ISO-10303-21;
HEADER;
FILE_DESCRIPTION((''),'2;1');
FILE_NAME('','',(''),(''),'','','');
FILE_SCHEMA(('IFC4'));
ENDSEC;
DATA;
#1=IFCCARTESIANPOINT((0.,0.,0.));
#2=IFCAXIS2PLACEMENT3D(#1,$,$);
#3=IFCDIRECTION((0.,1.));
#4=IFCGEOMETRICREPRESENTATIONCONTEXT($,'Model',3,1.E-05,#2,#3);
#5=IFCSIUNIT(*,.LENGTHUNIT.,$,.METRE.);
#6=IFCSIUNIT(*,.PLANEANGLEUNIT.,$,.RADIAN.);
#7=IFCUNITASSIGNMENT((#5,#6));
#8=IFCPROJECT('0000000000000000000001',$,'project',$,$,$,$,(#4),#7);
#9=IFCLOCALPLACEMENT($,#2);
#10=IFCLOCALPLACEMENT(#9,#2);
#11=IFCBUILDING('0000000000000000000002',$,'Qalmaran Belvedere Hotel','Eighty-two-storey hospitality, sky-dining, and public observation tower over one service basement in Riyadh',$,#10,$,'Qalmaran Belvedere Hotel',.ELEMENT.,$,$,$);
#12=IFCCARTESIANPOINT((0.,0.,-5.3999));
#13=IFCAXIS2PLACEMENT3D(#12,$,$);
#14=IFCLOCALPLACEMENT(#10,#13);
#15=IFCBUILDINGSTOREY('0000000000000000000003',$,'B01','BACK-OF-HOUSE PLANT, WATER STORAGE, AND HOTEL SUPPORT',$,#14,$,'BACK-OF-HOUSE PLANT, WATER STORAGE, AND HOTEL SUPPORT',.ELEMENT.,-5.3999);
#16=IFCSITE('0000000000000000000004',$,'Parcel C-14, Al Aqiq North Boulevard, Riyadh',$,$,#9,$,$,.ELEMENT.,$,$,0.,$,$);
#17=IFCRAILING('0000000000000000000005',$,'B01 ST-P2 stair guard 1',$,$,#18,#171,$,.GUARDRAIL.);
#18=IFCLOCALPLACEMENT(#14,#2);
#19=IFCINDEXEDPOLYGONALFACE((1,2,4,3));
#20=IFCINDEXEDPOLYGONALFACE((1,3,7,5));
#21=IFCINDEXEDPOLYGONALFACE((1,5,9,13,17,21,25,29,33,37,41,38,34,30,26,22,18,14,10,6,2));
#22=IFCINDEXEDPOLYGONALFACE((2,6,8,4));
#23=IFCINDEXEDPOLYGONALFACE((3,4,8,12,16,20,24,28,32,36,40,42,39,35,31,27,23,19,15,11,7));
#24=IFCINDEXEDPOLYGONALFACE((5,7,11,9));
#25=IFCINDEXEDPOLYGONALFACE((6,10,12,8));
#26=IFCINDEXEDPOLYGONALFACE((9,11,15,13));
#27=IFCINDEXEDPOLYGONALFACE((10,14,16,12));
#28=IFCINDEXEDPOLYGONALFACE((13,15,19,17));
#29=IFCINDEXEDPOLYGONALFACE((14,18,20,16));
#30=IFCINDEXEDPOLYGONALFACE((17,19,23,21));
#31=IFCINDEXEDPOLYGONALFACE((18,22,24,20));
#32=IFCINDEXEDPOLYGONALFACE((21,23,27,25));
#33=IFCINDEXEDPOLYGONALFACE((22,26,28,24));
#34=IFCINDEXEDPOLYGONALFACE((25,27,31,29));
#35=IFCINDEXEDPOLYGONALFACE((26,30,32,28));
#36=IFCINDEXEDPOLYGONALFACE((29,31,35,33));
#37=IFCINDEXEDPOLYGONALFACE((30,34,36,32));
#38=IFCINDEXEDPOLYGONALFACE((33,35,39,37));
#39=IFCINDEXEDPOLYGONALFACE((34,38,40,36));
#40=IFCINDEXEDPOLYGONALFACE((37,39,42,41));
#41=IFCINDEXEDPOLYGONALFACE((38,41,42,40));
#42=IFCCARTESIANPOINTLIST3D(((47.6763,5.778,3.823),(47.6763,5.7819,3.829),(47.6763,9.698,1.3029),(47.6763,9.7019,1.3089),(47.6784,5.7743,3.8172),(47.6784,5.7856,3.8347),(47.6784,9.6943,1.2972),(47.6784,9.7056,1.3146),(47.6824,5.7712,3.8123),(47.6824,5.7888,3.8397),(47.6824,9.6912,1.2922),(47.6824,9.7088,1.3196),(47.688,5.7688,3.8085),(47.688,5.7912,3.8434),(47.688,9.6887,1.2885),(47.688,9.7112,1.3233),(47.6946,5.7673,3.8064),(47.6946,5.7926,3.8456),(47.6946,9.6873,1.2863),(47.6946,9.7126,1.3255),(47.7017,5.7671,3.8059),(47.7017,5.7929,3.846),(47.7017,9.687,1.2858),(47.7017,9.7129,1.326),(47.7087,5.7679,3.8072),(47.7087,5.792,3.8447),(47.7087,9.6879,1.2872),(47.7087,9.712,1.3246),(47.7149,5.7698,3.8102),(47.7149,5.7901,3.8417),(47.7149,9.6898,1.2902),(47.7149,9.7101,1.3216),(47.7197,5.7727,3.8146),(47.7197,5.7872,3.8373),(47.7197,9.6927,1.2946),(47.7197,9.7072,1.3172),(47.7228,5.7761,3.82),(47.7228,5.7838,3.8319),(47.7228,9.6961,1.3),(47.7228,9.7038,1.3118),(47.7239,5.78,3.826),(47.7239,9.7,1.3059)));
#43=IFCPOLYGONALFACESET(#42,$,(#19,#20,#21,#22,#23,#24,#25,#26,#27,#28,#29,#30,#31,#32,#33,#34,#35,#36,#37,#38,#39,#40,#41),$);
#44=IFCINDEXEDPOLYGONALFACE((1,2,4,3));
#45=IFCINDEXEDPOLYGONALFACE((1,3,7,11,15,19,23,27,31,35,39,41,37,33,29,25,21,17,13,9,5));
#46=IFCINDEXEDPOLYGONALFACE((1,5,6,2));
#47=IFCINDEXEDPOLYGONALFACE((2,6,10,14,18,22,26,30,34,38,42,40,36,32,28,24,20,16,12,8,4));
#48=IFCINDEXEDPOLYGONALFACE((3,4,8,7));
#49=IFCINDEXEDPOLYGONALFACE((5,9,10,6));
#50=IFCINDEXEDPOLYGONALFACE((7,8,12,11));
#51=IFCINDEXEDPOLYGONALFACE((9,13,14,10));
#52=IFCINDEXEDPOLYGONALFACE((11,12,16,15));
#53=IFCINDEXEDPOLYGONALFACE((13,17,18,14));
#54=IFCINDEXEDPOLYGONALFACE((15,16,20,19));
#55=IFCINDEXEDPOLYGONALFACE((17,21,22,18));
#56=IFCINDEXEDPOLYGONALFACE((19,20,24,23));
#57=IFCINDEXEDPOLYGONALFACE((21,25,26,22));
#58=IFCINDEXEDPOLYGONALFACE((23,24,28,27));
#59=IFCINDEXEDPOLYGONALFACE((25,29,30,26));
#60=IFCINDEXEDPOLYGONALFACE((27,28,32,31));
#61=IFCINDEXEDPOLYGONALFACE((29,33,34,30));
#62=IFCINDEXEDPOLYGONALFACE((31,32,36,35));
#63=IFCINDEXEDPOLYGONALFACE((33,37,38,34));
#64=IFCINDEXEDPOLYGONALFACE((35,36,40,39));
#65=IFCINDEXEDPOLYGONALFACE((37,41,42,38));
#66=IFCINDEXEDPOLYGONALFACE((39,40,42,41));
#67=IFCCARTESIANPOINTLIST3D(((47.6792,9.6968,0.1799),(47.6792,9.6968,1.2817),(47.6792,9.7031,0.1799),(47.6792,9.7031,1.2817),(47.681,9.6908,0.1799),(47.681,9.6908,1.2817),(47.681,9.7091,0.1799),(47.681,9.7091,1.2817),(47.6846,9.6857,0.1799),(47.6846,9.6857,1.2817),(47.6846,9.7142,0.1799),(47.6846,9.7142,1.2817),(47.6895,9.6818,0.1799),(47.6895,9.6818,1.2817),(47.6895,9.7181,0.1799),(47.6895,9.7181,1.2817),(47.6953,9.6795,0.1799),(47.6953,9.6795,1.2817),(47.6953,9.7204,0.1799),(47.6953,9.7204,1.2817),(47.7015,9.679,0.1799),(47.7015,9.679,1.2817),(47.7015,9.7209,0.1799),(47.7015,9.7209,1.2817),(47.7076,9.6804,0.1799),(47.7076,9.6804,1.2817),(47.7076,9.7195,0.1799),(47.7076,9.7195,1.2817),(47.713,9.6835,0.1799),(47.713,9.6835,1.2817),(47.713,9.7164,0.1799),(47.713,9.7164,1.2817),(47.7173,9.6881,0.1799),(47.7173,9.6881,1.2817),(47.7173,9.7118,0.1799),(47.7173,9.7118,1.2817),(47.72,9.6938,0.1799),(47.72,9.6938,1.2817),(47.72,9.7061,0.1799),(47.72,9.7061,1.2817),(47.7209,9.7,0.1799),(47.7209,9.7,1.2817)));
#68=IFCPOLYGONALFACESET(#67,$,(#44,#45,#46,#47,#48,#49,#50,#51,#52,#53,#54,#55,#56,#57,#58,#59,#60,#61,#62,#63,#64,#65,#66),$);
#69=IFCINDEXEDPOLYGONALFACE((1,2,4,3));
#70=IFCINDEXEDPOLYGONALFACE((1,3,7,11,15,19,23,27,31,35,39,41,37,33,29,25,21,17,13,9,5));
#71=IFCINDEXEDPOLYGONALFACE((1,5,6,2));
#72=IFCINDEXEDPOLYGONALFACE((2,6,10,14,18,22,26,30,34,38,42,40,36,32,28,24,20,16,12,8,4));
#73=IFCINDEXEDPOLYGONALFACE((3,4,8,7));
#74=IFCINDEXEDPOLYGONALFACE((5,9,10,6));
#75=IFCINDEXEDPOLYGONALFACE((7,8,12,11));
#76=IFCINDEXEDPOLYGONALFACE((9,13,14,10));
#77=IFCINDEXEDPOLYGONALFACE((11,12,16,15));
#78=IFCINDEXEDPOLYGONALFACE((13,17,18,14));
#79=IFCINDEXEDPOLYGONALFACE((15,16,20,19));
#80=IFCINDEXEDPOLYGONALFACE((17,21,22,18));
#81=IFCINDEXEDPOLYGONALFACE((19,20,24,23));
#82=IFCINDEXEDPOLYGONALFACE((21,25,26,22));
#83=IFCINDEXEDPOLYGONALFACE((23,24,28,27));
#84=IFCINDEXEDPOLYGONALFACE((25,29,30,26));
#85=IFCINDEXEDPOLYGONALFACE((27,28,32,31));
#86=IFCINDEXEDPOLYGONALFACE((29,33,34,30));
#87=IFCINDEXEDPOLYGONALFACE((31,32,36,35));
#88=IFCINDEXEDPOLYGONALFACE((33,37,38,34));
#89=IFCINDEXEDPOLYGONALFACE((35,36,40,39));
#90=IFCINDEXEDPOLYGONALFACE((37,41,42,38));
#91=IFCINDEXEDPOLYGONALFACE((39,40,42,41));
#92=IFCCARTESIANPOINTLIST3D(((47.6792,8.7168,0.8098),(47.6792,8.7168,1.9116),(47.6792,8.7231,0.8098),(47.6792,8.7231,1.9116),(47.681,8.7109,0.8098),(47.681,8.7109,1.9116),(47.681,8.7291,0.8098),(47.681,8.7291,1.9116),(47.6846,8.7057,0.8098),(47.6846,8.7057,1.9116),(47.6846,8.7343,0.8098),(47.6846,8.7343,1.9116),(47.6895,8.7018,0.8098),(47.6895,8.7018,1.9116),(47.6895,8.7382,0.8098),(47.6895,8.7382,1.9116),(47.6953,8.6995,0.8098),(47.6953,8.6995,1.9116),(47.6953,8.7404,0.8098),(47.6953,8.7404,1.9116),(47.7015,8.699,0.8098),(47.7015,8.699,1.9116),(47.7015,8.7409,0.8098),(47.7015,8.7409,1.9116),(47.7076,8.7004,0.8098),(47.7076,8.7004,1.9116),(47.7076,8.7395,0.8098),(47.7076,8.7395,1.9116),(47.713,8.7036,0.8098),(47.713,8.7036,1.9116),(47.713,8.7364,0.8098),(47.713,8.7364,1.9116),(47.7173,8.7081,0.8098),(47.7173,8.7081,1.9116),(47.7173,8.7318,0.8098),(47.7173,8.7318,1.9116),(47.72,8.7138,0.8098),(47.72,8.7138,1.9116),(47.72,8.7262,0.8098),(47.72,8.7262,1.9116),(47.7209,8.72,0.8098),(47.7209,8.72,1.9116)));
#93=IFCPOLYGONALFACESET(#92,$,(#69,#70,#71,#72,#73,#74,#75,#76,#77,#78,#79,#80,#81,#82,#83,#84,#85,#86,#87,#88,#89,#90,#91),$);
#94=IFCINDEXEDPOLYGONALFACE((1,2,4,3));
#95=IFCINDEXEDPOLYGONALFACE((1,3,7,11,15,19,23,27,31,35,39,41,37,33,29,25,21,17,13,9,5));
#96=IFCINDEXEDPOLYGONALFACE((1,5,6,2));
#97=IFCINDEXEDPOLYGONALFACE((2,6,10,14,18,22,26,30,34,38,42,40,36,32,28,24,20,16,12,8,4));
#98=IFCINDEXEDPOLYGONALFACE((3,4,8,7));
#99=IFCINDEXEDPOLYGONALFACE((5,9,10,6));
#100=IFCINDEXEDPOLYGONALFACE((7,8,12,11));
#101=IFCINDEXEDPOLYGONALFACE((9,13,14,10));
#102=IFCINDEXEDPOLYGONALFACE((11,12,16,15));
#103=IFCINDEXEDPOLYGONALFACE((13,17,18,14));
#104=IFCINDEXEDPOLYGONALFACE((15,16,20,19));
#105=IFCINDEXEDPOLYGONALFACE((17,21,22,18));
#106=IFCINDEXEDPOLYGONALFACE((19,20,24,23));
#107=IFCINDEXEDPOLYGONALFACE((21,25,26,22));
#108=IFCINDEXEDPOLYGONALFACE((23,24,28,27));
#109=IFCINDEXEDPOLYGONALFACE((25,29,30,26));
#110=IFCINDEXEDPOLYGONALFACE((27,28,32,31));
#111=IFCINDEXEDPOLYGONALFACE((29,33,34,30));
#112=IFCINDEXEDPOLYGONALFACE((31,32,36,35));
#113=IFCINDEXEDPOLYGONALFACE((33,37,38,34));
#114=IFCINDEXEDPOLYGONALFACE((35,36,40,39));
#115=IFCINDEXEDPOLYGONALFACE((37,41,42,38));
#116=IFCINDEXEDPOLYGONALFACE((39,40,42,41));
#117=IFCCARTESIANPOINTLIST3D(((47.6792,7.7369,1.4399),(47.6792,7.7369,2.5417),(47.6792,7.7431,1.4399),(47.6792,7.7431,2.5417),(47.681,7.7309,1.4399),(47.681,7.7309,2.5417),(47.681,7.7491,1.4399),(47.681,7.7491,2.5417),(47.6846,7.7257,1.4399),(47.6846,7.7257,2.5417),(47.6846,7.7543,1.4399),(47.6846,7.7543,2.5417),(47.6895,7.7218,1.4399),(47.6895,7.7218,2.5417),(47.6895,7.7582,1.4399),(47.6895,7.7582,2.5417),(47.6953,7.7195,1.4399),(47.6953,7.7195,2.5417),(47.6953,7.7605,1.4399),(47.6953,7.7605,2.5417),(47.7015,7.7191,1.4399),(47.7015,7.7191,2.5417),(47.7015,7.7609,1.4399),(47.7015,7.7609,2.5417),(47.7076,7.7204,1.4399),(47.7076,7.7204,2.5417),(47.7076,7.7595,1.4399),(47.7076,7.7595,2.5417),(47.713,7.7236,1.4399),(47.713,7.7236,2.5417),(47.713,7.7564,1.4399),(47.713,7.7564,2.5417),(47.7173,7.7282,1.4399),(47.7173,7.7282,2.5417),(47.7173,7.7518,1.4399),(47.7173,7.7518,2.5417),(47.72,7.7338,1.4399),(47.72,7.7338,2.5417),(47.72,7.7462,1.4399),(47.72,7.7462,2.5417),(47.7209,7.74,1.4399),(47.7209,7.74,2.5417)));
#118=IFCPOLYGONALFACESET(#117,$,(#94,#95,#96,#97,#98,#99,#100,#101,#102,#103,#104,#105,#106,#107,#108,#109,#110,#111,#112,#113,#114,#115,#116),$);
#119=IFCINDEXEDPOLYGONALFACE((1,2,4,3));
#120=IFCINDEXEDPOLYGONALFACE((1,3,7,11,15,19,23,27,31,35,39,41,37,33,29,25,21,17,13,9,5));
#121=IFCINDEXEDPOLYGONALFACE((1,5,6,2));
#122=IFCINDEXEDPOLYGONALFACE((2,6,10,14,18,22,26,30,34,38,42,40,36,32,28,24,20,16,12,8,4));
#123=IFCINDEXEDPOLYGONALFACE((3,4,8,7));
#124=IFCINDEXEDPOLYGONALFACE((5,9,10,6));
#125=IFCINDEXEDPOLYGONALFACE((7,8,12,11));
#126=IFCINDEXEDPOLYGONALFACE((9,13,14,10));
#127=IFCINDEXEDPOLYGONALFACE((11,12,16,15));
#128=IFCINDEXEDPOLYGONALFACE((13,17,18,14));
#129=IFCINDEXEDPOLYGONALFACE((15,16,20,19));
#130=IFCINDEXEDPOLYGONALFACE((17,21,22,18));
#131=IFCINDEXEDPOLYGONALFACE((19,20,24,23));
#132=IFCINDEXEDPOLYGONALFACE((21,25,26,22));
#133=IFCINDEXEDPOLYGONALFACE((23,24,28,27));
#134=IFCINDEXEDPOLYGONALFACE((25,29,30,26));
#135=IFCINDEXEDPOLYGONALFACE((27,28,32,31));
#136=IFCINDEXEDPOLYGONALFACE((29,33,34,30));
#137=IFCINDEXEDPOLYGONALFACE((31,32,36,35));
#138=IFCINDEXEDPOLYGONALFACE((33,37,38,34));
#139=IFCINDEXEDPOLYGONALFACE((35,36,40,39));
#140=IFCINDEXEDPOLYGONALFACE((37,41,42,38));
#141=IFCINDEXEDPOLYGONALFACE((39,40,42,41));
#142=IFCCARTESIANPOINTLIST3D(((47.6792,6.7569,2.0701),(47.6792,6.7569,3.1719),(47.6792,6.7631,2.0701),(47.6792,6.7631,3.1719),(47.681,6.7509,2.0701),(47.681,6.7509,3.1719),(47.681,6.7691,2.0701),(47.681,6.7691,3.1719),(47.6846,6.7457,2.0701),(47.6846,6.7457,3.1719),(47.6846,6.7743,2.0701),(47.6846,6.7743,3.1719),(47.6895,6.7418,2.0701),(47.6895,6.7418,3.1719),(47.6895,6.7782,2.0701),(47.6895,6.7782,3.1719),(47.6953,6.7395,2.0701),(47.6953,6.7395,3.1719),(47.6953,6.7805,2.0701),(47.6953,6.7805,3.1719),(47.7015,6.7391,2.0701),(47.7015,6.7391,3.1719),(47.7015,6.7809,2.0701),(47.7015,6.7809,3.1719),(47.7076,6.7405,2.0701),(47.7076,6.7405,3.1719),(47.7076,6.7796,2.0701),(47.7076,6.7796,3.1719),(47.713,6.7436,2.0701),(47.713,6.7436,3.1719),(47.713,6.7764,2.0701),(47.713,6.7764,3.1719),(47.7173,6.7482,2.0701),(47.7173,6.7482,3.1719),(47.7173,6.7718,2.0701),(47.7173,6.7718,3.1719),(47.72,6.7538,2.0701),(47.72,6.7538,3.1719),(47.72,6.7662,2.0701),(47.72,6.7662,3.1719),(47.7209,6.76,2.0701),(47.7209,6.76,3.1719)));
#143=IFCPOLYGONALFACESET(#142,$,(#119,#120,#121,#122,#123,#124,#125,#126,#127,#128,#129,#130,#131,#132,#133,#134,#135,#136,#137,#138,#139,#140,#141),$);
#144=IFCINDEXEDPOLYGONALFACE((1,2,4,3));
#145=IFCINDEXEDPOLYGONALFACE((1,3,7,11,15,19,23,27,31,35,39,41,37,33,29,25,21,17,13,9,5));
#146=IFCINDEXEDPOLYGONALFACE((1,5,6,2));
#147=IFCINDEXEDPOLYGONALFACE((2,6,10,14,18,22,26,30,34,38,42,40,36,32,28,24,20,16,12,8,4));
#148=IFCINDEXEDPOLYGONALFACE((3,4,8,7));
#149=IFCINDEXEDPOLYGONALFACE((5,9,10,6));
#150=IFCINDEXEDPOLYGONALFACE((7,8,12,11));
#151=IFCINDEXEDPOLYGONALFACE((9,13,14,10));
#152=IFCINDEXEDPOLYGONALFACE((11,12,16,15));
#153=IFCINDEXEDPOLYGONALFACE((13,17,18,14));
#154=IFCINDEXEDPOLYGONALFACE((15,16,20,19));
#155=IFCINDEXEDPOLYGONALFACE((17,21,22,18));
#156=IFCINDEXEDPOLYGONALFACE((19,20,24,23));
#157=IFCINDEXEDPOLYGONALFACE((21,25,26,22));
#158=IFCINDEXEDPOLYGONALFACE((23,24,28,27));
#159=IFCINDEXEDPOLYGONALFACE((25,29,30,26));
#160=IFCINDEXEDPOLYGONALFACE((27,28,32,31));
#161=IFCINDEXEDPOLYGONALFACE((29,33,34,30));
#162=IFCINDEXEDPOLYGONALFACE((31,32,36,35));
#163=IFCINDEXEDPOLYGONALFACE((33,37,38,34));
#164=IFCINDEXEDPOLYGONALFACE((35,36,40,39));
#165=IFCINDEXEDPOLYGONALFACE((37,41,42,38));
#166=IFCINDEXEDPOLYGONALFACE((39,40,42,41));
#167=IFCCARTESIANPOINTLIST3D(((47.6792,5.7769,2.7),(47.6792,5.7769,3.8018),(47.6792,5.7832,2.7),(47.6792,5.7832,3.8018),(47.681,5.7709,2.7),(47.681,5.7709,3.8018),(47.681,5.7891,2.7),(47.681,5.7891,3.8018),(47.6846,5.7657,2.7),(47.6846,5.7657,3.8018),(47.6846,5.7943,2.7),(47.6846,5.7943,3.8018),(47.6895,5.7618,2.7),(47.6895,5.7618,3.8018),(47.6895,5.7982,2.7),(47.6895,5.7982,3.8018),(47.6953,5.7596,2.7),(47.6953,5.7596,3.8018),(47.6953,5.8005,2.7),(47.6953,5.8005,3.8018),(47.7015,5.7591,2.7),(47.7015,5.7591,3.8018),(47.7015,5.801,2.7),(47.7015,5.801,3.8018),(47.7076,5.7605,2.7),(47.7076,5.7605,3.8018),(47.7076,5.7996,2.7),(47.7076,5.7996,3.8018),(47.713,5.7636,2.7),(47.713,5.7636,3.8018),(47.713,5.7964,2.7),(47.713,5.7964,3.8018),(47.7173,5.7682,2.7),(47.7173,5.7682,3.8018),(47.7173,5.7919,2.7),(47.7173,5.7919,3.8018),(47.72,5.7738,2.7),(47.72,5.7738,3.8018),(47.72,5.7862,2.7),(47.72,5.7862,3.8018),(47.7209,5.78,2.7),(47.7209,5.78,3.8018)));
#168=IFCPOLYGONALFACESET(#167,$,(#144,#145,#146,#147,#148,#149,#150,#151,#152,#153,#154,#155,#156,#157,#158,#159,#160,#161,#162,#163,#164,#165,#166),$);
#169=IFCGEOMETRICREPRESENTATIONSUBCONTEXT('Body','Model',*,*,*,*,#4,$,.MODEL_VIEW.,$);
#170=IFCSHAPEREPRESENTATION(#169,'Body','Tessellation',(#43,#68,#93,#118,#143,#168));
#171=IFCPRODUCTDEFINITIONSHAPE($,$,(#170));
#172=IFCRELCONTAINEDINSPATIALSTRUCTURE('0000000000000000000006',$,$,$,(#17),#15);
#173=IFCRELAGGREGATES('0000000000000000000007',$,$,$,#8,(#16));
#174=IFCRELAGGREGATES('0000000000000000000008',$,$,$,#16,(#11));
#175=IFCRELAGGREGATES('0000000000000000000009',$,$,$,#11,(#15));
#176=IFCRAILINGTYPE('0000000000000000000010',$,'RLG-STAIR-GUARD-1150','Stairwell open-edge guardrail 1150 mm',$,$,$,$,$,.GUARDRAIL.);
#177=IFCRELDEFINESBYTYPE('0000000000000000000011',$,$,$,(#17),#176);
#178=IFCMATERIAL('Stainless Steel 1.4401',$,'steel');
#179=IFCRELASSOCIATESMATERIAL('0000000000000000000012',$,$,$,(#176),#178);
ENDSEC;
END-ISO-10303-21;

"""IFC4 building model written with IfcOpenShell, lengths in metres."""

from ifc_helpers import new_model, si_unit, direction, frame, origin, origin_2d, place, context, subcontext, project, spatial, circle, extrude, material, type_object, element, save


model = new_model("IFC4")

# Units and contexts
model_context = context("Model", 3, precision=1e-05, world=origin(), true_north=direction((0.0, 1.0)))
body_context = subcontext(model_context, "Body", "Model", "MODEL_VIEW")
ifc_project = project(units=[si_unit("LENGTHUNIT", "METRE"), si_unit("PLANEANGLEUNIT", "RADIAN")], contexts=[model_context])

# Site, building, storey
site_placement = place(None, origin())
site = spatial("IfcSite", under=ifc_project, at=site_placement, Name="Parcel C-14, Al Aqiq North Boulevard, Riyadh", CompositionType="ELEMENT", RefElevation=0.0)
building_placement = place(site_placement, origin())
building = spatial("IfcBuilding", under=site, at=building_placement, Name="Qalmaran Belvedere Hotel", Description="Eighty-two-storey hospitality, sky-dining, and public observation tower over one service basement in Riyadh", LongName="Qalmaran Belvedere Hotel", CompositionType="ELEMENT")
storey_placement = place(building_placement, frame((0.0, 0.0, -5.3999)))
storey = spatial("IfcBuildingStorey", under=building, at=storey_placement, Name="B01", Description="BACK-OF-HOUSE PLANT, WATER STORAGE, AND HOTEL SUPPORT", LongName="BACK-OF-HOUSE PLANT, WATER STORAGE, AND HOTEL SUPPORT", CompositionType="ELEMENT", Elevation=-5.3999)

# Railing
ifc_material_1 = material(Name="Stainless Steel 1.4401", Category="steel")
railing_type_1 = type_object("IfcRailingType", Name="RLG-STAIR-GUARD-1150", Description="Stairwell open-edge guardrail 1150 mm", PredefinedType="GUARDRAIL", material=ifc_material_1)
railing_1_placement = place(storey_placement, frame((47.7, 9.7, 0.1799)))
element("IfcRailing", 1, at=railing_1_placement, inside=storey, type_object=railing_type_1, Name="B01 ST-P2 stair guard 1", PredefinedType="GUARDRAIL", context=body_context, shape_type="SweptSolid", body=[
    extrude(circle(Radius=0.0239, at=origin_2d()), frame((0.0, 0.0, 1.126), z_axis=(0.0, -0.841172, 0.540768), x_axis=(1.0, 0.0, 0.0)), (0.0, 0.0, 1.0), 4.6602),
    extrude(circle(Radius=0.021, at=origin_2d()), origin(), (0.0, 0.0, 1.0), 1.1018),
    extrude(circle(Radius=0.021, at=origin_2d()), frame((0.0, -0.98, 0.6299)), (0.0, 0.0, 1.0), 1.1018),
    extrude(circle(Radius=0.021, at=origin_2d()), frame((0.0, -1.96, 1.26)), (0.0, 0.0, 1.0), 1.1018),
    extrude(circle(Radius=0.021, at=origin_2d()), frame((0.0, -2.9399, 1.8901)), (0.0, 0.0, 1.0), 1.1018),
    extrude(circle(Radius=0.021, at=origin_2d()), frame((0.0, -3.9199, 2.52)), (0.0, 0.0, 1.0), 1.1018),
])

save(model, "model.ifc")
